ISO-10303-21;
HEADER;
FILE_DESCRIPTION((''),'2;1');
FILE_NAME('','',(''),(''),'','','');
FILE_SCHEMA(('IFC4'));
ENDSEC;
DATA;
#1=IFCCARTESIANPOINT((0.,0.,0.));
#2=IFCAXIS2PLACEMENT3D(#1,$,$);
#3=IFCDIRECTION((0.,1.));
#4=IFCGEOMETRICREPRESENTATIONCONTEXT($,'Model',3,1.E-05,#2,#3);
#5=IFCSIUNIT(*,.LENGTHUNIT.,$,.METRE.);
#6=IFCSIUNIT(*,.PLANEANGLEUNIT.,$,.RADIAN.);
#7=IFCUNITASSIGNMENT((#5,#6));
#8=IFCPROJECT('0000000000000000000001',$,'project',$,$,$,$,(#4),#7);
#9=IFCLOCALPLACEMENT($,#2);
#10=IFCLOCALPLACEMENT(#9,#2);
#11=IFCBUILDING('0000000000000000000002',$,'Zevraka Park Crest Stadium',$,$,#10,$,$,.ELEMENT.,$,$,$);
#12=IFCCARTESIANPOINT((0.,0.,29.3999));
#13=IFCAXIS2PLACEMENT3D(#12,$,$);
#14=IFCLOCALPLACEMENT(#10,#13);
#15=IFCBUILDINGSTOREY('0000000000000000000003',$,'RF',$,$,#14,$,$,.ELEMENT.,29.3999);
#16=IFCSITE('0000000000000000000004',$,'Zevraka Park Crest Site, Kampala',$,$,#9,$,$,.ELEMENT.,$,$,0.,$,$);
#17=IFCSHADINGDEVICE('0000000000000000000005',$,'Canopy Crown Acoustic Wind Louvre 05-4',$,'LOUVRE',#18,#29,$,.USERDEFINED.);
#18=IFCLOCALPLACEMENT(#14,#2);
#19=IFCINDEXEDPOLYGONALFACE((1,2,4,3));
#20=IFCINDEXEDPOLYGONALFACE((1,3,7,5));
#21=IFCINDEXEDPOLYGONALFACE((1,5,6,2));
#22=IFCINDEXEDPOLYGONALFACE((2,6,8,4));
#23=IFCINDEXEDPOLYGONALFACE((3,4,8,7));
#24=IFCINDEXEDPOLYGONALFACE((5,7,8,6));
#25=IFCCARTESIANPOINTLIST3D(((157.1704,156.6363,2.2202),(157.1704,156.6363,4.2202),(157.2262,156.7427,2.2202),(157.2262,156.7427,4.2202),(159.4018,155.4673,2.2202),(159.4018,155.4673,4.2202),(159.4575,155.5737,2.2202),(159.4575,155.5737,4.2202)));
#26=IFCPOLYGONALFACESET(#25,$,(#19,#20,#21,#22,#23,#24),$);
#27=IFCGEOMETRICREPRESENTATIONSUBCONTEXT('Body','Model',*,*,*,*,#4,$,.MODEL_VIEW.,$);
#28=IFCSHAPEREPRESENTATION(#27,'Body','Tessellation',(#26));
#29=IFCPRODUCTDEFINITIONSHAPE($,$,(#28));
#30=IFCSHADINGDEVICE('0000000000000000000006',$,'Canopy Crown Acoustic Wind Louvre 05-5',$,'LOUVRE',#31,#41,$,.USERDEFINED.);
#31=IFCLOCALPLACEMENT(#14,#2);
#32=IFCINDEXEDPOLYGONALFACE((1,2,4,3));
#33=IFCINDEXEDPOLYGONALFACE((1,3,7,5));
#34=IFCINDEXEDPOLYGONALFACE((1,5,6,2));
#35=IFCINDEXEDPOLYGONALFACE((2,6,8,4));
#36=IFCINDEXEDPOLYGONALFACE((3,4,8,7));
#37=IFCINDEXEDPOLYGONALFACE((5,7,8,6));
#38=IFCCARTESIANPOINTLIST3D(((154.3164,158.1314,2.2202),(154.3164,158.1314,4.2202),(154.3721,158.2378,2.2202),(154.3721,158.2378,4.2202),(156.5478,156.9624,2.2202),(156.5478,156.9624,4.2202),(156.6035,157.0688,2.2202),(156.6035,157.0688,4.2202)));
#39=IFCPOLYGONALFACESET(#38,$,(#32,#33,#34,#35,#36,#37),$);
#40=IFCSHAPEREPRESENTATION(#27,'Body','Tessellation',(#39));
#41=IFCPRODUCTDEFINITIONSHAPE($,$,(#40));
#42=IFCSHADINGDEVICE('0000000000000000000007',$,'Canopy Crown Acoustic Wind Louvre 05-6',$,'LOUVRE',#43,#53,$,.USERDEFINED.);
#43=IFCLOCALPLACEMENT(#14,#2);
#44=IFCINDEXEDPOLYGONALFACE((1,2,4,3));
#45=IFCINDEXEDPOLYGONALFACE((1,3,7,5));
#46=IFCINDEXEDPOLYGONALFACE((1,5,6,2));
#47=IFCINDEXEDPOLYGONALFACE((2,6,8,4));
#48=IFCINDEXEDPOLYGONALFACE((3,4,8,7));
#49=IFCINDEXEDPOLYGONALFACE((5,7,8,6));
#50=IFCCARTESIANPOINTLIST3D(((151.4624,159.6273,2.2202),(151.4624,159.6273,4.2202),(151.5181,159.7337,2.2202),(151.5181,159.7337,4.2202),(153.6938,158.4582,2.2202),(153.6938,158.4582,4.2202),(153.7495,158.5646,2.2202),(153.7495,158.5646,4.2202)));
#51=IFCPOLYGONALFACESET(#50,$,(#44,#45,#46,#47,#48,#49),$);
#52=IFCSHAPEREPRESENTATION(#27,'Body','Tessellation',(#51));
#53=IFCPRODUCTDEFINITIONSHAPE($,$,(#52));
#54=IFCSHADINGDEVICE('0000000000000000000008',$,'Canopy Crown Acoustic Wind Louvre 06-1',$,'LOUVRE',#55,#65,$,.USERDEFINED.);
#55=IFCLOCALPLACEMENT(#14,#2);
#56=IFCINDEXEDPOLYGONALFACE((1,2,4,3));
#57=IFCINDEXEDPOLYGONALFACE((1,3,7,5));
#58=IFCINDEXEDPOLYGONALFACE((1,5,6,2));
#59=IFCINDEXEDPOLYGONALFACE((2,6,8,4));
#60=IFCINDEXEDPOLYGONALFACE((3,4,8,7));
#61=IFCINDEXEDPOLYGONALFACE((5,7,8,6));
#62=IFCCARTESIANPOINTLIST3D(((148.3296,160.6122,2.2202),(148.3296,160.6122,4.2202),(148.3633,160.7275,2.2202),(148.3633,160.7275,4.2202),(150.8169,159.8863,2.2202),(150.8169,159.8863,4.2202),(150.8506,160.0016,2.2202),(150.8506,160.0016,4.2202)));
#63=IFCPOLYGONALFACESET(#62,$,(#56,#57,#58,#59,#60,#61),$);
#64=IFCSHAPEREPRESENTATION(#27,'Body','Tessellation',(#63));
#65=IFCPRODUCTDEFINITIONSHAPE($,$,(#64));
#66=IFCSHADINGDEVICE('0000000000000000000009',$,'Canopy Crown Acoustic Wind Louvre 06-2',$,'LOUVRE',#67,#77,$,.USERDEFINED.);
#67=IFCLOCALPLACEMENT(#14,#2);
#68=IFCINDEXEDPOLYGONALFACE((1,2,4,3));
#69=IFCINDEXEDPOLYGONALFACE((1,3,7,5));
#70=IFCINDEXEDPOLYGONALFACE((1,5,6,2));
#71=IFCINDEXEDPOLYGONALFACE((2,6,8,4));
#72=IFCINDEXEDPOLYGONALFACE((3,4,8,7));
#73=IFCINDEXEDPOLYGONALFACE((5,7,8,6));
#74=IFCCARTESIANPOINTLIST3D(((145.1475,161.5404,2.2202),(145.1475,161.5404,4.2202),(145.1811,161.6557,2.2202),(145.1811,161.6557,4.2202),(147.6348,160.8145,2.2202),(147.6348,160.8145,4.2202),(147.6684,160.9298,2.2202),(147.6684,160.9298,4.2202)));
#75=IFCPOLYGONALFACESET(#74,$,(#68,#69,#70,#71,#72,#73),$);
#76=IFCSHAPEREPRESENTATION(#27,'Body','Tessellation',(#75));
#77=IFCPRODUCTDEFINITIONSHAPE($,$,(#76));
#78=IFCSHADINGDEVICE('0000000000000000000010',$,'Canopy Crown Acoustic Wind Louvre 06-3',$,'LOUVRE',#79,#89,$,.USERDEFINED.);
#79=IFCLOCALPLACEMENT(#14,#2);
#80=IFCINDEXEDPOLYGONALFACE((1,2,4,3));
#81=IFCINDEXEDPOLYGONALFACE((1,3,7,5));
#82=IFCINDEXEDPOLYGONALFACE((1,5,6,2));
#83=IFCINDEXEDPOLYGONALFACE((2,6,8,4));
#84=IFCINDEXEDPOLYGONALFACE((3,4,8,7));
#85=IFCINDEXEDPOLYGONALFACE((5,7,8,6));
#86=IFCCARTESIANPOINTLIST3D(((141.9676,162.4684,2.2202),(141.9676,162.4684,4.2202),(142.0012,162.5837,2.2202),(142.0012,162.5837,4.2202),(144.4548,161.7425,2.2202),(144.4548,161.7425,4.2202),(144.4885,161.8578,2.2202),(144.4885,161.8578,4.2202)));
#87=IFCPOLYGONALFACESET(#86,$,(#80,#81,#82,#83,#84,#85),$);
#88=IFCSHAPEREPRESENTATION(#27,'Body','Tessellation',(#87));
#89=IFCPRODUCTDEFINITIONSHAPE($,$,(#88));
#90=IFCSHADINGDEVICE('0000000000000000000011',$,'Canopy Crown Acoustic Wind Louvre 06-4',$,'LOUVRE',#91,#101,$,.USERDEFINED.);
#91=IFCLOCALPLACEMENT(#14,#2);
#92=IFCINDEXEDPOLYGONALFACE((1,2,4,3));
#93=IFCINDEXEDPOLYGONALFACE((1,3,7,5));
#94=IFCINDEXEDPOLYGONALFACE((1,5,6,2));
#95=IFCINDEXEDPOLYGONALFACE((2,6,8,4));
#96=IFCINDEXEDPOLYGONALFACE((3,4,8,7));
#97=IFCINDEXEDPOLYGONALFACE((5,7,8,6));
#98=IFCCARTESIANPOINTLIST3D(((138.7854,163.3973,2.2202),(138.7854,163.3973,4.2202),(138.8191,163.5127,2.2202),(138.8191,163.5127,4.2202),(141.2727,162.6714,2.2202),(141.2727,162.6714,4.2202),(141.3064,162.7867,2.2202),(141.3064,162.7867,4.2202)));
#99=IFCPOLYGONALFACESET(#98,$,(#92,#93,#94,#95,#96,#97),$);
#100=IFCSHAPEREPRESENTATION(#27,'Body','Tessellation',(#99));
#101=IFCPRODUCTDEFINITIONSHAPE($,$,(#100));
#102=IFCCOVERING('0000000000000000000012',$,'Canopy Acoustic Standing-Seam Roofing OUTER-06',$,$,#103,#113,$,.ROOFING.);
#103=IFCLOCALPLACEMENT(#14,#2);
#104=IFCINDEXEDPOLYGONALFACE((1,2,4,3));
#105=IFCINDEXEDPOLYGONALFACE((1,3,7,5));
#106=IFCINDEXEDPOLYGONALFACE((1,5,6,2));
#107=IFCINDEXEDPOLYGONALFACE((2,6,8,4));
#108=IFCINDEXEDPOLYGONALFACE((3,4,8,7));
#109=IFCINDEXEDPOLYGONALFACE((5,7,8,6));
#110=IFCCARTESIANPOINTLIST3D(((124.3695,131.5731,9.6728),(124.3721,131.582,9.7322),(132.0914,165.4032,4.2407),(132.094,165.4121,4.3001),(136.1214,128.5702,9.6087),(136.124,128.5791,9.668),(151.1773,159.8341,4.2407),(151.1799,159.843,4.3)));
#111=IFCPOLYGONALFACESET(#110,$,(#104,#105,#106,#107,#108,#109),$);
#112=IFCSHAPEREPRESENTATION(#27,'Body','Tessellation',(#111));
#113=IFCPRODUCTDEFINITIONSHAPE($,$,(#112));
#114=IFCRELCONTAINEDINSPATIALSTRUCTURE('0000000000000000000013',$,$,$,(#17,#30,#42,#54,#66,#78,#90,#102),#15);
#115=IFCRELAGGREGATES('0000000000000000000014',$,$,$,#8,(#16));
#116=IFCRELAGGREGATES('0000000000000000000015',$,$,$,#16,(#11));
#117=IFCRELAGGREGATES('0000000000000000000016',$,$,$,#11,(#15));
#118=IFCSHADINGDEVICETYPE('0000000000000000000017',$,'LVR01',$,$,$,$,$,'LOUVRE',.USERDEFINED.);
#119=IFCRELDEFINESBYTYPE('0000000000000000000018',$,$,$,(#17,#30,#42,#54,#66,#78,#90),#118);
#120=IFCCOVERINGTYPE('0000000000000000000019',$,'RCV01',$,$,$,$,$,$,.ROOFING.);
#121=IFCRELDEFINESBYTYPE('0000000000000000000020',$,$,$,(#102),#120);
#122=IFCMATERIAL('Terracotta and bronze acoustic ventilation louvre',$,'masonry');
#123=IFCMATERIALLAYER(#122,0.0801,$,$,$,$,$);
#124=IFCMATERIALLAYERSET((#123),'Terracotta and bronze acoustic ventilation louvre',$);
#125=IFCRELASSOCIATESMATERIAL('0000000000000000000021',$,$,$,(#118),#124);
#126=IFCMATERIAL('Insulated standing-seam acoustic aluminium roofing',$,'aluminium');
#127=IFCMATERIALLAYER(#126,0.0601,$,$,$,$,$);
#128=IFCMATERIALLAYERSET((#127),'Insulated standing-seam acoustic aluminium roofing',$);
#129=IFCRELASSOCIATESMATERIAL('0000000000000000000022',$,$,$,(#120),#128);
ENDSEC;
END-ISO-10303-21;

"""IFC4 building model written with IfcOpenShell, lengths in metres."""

from ifc_helpers import new_model, si_unit, direction, frame, origin, origin_2d, place, context, subcontext, project, spatial, polyline, rectangle, outline, extrude, material, layer, layer_set, type_object, element, save


model = new_model("IFC4")

# Units and contexts
model_context = context("Model", 3, precision=1e-05, world=origin(), true_north=direction((0.0, 1.0)))
body_context = subcontext(model_context, "Body", "Model", "MODEL_VIEW")
ifc_project = project(units=[si_unit("LENGTHUNIT", "METRE"), si_unit("PLANEANGLEUNIT", "RADIAN")], contexts=[model_context])

# Site, building, storey
site_placement = place(None, origin())
site = spatial("IfcSite", under=ifc_project, at=site_placement, Name="Zevraka Park Crest Site, Kampala", CompositionType="ELEMENT", RefElevation=0.0)
building_placement = place(site_placement, origin())
building = spatial("IfcBuilding", under=site, at=building_placement, Name="Zevraka Park Crest Stadium", CompositionType="ELEMENT")
storey_placement = place(building_placement, frame((0.0, 0.0, 29.3999)))
storey = spatial("IfcBuildingStorey", under=building, at=storey_placement, Name="RF", CompositionType="ELEMENT", Elevation=29.3999)

# Shading devices
ifc_material_1 = material(Name="Terracotta and bronze acoustic ventilation louvre", Category="masonry")
ifc_layer_1 = layer(ifc_material_1, 0.0801)
ifc_layer_set_1 = layer_set([ifc_layer_1], Name="Terracotta and bronze acoustic ventilation louvre")
shading_device_type = type_object("IfcShadingDeviceType", Name="LVR01", ElementType="LOUVRE", PredefinedType="USERDEFINED", material=ifc_layer_set_1)
for number, where, z_axis, x_axis, name in (
    (1, (158.314, 156.105, 2.2202), (0.0, 0.0, 1.0), (-0.885799, 0.464069, 0.0), "Canopy Crown Acoustic Wind Louvre 05-4"),
    (2, (155.46, 157.6001, 2.2202), (0.0, 0.0, 1.0), (-0.885799, 0.464069, 0.0), "Canopy Crown Acoustic Wind Louvre 05-5"),
    (3, (152.606, 159.0959, 2.2202), (0.0, 0.0, 1.0), (-0.885799, 0.464069, 0.0), "Canopy Crown Acoustic Wind Louvre 05-6"),
):
    element("IfcShadingDevice", number, at=place(storey_placement, frame(where, z_axis=z_axis, x_axis=x_axis)), inside=storey, type_object=shading_device_type, Name=name, ObjectType="LOUVRE", PredefinedType="USERDEFINED", context=body_context, shape_type="SweptSolid", body=[
        extrude(rectangle(XDim=2.519, YDim=0.1201, at=origin_2d()), origin(), (0.0, 0.0, 1.0), 2.0),
    ])
for number, where, z_axis, x_axis, name in (
    (4, (149.5901, 160.3069, 2.2202), (0.0, 0.0, 1.0), (-0.959952, 0.280164, 0.0), "Canopy Crown Acoustic Wind Louvre 06-1"),
    (5, (146.408, 161.2351, 2.2202), (0.0, 0.0, 1.0), (-0.959952, 0.280164, 0.0), "Canopy Crown Acoustic Wind Louvre 06-2"),
    (6, (143.228, 162.1631, 2.2202), (0.0, 0.0, 1.0), (-0.959952, 0.280164, 0.0), "Canopy Crown Acoustic Wind Louvre 06-3"),
    (7, (140.0459, 163.092, 2.2202), (0.0, 0.0, 1.0), (-0.959952, 0.280164, 0.0), "Canopy Crown Acoustic Wind Louvre 06-4"),
):
    element("IfcShadingDevice", number, at=place(storey_placement, frame(where, z_axis=z_axis, x_axis=x_axis)), inside=storey, type_object=shading_device_type, Name=name, ObjectType="LOUVRE", PredefinedType="USERDEFINED", context=body_context, shape_type="SweptSolid", body=[
        extrude(rectangle(XDim=2.5911, YDim=0.1201, at=origin_2d()), origin(), (0.0, 0.0, 1.0), 2.0),
    ])

# Covering
ifc_material_2 = material(Name="Insulated standing-seam acoustic aluminium roofing", Category="aluminium")
ifc_layer_2 = layer(ifc_material_2, 0.0601)
ifc_layer_set_2 = layer_set([ifc_layer_2], Name="Insulated standing-seam acoustic aluminium roofing")
covering_type_1 = type_object("IfcCoveringType", Name="RCV01", PredefinedType="ROOFING", material=ifc_layer_set_2)
covering_1_placement = place(storey_placement, frame((151.1799, 159.843, 4.3), z_axis=(0.043398, 0.148725, 0.987926), x_axis=(-0.959968, 0.28011, 0.000002)))
element("IfcCovering", 8, at=covering_1_placement, inside=storey, type_object=covering_type_1, Name="Canopy Acoustic Standing-Seam Roofing OUTER-06", PredefinedType="ROOFING", context=body_context, shape_type="SweptSolid", body=[
    extrude(outline(polyline([(0.0, 0.0), (19.8818, 0.0), (17.8185, 35.0621), (5.6959, 34.648), (0.0, 0.0)])), origin(), (0.0, 0.0, -1.0), 0.0601),
])

save(model, "model.ifc")
